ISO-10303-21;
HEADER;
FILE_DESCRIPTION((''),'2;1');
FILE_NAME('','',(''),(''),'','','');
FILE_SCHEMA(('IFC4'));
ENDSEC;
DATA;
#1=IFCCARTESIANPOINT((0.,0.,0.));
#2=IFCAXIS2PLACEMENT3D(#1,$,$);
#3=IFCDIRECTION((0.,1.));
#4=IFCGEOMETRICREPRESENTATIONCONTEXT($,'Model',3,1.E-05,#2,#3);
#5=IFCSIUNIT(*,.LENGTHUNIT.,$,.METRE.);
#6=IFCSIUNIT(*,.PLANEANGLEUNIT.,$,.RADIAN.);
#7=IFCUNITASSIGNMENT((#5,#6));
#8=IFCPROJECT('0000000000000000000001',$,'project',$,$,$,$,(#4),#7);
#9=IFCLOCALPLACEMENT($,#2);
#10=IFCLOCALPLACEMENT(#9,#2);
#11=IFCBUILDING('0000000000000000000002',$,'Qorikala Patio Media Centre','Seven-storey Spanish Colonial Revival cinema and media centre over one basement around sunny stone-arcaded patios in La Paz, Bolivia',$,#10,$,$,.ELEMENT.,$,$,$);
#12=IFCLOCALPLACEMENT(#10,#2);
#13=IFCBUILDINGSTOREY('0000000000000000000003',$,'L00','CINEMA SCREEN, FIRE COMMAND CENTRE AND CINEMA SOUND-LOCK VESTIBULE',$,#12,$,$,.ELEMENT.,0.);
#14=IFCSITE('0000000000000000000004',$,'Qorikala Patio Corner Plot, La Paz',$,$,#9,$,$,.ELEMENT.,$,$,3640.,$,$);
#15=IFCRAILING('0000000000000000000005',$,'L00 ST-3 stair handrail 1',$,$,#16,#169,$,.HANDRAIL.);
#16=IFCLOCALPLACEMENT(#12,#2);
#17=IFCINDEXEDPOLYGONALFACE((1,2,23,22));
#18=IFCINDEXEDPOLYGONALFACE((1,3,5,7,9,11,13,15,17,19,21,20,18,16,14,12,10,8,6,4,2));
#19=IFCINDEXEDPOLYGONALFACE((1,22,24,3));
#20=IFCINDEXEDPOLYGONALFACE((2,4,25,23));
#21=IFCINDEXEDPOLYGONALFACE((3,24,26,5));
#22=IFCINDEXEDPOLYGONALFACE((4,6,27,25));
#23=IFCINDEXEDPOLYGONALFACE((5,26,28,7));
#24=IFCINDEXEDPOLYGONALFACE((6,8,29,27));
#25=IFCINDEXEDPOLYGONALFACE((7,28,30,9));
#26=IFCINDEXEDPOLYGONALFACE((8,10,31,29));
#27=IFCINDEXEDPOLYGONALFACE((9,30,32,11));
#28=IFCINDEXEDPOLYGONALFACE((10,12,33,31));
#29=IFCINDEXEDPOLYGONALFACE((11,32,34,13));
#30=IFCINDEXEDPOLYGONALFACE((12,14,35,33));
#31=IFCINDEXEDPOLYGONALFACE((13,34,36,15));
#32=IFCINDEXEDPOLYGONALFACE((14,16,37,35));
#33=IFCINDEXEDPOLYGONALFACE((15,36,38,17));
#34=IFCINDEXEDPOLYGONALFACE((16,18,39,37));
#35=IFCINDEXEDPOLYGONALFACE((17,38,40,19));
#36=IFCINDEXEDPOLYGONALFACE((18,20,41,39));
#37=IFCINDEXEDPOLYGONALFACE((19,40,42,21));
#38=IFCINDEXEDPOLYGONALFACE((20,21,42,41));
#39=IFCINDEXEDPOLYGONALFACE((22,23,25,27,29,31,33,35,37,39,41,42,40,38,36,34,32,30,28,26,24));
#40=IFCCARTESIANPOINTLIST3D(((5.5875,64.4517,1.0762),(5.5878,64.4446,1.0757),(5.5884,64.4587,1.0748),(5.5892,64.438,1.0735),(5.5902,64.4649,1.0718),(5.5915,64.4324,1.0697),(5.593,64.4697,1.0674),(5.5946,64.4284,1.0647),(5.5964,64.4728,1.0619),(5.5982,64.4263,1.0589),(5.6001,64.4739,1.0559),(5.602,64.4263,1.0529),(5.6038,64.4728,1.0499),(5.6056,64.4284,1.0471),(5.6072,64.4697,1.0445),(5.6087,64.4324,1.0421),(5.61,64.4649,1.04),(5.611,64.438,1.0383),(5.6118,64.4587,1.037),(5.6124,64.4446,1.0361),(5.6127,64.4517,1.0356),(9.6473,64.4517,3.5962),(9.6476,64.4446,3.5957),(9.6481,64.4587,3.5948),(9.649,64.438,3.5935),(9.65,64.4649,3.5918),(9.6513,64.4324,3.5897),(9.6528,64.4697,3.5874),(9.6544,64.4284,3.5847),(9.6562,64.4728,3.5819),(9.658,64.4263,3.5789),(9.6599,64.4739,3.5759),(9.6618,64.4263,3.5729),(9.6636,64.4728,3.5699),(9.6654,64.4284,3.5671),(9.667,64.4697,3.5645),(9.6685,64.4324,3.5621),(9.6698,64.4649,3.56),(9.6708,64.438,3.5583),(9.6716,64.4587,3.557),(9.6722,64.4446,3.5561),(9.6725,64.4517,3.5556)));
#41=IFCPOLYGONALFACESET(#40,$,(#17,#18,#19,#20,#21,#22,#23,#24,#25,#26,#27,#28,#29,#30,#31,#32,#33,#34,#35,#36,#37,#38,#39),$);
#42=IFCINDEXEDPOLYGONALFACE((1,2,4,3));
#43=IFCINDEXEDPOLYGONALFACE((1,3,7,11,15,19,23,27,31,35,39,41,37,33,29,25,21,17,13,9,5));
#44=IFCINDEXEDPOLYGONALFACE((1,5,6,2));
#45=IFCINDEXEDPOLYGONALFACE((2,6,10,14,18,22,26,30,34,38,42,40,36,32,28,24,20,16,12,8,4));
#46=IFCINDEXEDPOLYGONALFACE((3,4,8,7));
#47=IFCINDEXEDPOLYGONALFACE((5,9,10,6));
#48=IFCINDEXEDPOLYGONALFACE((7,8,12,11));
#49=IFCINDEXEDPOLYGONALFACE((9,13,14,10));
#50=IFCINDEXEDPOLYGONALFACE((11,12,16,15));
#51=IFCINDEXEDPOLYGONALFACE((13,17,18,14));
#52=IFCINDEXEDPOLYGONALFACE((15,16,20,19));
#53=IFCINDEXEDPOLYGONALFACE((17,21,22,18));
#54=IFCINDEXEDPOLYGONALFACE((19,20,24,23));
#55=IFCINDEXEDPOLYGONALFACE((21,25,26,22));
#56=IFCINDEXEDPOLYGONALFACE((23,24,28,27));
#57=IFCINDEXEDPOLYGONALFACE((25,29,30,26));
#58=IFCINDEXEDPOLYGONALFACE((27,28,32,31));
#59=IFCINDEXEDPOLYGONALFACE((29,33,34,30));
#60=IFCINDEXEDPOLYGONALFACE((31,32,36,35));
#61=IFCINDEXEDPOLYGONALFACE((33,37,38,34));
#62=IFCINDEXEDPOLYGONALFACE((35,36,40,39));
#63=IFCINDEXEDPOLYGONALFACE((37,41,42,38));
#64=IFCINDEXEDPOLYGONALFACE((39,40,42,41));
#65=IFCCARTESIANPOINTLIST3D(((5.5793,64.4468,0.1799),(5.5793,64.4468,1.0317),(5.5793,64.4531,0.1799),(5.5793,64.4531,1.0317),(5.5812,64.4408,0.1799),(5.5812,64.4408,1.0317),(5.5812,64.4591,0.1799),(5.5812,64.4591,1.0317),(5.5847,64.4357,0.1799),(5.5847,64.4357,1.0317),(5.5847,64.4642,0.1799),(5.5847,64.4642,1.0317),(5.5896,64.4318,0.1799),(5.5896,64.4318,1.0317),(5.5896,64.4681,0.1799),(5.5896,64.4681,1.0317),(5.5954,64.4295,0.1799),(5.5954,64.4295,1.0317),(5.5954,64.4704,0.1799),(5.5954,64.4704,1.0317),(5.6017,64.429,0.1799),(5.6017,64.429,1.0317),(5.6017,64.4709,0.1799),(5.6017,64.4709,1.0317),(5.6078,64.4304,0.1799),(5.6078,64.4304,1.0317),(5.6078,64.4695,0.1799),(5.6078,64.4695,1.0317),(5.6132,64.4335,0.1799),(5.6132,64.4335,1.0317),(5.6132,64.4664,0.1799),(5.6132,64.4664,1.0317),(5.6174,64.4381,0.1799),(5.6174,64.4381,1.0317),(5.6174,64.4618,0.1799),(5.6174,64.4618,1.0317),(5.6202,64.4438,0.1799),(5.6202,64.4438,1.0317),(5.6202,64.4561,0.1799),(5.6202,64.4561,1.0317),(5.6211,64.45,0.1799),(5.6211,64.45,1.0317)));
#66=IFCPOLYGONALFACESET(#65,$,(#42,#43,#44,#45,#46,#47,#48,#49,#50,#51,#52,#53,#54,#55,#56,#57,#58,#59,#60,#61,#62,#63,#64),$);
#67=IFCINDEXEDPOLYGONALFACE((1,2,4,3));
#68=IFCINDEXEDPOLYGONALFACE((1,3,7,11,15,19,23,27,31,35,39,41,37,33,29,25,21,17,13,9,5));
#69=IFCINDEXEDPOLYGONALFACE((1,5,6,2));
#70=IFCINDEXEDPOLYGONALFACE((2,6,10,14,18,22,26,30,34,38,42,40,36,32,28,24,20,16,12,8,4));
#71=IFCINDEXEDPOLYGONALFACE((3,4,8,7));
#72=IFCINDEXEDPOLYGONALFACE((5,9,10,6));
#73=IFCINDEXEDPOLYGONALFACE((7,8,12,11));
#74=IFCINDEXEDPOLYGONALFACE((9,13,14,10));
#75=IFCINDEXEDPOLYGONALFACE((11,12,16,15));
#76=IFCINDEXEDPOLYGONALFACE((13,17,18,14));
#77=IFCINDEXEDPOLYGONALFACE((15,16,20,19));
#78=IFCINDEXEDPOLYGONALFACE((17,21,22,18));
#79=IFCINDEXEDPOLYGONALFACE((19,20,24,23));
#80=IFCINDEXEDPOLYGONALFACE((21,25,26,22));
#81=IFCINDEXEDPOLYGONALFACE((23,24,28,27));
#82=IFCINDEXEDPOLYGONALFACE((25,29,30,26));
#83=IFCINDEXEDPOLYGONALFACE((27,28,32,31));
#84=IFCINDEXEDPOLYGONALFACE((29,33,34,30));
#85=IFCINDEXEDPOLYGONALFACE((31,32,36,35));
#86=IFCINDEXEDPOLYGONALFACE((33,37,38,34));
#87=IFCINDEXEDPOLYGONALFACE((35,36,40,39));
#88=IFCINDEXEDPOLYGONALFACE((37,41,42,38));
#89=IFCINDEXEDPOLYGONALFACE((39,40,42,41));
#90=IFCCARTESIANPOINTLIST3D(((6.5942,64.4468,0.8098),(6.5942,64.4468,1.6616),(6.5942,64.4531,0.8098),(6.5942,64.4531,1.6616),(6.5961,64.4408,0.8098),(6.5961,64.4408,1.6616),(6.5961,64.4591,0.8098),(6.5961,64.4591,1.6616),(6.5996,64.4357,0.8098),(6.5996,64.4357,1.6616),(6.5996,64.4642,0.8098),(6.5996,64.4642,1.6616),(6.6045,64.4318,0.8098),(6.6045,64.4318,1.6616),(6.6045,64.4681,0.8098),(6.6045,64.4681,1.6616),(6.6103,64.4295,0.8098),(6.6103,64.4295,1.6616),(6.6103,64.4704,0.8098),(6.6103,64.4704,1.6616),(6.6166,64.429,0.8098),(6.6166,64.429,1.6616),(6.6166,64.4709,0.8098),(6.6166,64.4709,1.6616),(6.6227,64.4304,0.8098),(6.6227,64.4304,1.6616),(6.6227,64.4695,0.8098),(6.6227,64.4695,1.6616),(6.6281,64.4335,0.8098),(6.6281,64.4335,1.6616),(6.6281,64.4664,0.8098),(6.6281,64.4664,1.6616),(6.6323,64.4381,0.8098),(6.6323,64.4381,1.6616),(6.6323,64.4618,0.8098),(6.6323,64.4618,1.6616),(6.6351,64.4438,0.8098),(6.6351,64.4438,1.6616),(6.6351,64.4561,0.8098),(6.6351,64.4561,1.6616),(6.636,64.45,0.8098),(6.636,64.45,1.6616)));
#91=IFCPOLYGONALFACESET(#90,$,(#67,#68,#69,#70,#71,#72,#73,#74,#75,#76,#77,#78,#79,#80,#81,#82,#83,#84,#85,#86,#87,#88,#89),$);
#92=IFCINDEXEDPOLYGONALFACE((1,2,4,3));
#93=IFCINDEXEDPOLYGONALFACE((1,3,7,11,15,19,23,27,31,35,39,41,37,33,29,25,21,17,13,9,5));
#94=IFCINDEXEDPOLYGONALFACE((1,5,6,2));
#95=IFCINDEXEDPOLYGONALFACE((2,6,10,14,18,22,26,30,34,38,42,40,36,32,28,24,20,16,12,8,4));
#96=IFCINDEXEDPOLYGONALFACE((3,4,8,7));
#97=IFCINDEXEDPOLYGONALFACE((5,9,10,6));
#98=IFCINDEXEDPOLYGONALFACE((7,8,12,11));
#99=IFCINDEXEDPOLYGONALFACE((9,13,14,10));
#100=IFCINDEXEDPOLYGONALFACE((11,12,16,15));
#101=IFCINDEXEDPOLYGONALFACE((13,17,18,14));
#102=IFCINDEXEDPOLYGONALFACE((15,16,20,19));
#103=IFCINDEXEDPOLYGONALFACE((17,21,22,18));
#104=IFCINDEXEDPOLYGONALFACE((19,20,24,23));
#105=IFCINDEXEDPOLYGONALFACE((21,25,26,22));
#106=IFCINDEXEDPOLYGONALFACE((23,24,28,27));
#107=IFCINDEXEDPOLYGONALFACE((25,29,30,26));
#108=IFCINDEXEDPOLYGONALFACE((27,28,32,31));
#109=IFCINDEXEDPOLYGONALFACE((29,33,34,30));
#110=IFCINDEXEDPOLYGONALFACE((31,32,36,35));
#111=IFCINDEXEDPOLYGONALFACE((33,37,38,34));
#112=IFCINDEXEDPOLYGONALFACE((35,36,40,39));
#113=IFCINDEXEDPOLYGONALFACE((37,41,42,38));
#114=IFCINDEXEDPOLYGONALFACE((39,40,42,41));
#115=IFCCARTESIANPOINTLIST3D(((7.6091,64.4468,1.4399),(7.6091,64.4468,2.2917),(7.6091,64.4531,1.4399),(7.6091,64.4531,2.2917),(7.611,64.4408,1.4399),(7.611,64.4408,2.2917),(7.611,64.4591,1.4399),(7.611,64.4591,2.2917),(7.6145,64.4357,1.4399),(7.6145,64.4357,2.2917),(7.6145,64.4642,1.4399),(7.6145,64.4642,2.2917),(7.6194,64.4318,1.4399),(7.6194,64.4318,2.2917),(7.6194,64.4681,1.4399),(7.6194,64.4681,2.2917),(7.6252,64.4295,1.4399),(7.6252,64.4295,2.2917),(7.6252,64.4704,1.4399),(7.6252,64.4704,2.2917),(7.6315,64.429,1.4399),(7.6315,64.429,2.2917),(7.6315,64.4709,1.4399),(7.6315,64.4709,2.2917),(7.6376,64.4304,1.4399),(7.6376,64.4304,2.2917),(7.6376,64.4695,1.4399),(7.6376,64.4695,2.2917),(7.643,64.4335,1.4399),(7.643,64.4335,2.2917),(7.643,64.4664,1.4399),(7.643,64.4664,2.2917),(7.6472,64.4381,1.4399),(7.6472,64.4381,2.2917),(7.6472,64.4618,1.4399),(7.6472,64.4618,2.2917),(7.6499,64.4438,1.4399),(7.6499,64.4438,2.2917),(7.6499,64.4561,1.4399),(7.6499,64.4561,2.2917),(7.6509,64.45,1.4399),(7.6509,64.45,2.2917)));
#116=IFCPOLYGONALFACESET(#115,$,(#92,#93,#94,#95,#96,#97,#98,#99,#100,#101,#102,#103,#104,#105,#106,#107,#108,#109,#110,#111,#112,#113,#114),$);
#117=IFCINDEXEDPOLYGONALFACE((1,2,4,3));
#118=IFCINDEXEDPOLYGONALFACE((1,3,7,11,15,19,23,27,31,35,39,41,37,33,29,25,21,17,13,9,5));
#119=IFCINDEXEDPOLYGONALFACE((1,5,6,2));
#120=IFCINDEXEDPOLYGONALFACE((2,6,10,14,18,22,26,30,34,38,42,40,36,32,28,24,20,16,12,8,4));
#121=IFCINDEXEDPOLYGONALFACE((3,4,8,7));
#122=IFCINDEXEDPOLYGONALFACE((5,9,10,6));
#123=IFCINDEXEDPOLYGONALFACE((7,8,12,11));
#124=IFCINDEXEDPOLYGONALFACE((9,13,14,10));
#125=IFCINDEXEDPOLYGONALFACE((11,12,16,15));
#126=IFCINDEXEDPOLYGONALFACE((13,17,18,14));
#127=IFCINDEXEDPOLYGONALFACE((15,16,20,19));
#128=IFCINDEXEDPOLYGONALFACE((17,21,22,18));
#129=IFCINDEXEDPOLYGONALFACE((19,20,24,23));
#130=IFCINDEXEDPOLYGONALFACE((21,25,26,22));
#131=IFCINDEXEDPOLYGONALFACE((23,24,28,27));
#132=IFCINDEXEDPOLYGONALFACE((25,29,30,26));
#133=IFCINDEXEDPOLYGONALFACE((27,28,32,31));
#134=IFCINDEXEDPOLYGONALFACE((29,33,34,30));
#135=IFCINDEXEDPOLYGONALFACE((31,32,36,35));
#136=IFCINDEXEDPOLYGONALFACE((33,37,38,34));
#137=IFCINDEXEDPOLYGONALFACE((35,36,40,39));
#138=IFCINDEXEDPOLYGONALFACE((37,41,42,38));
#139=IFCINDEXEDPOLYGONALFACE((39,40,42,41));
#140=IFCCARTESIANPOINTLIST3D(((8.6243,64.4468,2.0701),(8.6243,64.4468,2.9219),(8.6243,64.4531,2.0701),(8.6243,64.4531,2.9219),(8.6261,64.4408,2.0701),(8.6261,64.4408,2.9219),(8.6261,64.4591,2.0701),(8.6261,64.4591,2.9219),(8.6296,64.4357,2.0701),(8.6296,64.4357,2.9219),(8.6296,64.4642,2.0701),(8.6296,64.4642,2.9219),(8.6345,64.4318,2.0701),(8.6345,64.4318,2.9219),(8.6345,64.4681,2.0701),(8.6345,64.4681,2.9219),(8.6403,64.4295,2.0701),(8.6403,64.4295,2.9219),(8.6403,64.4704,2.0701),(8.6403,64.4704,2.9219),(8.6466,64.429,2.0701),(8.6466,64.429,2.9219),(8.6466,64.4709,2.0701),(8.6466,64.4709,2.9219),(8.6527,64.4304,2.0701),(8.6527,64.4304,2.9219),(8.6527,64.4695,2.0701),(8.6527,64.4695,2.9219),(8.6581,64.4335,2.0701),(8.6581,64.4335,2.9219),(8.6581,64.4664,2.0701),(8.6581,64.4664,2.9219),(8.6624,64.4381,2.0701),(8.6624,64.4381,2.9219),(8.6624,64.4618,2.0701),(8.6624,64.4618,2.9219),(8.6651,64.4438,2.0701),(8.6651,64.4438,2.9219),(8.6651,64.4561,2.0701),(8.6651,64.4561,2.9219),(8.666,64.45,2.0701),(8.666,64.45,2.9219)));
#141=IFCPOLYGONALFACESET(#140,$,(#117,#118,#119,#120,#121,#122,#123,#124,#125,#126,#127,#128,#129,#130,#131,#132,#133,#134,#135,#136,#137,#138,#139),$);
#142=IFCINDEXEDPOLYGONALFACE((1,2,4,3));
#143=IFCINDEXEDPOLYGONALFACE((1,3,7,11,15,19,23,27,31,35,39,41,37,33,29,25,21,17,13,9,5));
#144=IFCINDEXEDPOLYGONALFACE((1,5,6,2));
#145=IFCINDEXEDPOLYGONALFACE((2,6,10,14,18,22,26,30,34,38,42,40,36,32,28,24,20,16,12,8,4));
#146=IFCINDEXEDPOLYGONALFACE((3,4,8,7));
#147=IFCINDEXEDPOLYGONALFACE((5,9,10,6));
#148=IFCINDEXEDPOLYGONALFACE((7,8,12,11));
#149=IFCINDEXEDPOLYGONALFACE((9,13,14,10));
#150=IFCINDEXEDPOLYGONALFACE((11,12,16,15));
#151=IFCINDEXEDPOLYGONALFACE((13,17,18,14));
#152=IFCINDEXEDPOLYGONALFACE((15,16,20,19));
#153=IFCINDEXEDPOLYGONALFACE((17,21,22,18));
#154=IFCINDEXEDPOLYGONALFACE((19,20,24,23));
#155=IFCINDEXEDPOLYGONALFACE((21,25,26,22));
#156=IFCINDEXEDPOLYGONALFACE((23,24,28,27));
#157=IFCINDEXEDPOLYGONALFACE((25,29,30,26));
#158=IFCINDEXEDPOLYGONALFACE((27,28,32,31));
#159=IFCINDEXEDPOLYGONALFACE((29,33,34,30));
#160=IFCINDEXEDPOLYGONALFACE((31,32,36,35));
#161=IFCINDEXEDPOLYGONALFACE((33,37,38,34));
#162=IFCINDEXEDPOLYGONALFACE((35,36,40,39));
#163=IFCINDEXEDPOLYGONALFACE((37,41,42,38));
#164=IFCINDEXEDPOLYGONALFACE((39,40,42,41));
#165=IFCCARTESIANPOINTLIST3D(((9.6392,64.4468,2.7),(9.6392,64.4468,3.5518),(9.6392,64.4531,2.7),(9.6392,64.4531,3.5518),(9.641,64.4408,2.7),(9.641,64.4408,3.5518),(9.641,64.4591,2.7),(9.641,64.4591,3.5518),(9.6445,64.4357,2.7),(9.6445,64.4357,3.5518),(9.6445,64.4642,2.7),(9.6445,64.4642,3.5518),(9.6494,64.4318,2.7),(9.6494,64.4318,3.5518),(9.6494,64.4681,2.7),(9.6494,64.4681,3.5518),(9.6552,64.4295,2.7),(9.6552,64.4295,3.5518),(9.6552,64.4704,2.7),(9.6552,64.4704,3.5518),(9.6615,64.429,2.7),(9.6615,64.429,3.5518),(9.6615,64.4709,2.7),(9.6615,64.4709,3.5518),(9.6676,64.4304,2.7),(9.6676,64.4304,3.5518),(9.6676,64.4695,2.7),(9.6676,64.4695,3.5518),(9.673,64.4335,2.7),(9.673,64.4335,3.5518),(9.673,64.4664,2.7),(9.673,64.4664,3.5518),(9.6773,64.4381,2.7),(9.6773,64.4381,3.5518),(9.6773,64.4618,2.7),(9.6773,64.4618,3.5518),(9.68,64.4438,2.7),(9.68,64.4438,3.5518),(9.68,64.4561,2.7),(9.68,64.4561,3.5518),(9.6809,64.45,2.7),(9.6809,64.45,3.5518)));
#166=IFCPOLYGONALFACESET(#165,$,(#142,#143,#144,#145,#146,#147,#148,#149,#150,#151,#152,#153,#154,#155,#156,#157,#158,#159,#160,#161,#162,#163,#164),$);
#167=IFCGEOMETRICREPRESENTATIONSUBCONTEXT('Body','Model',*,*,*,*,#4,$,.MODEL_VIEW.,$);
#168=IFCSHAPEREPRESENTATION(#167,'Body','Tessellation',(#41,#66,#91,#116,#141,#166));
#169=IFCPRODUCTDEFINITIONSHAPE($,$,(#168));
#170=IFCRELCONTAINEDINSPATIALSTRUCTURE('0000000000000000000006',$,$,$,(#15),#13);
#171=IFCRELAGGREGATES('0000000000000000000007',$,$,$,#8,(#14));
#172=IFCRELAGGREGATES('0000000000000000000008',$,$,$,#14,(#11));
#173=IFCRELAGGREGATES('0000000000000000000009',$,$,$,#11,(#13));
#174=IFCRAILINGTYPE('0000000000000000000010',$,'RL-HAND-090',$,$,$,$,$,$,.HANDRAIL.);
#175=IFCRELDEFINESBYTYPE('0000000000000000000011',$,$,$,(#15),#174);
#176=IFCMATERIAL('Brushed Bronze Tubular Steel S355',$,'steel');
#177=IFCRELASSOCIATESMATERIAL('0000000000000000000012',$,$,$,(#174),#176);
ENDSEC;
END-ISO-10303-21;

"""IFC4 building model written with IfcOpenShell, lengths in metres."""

from ifc_helpers import new_model, si_unit, direction, frame, origin, origin_2d, place, context, subcontext, project, spatial, circle, extrude, material, type_object, element, save


model = new_model("IFC4")

# Units and contexts
model_context = context("Model", 3, precision=1e-05, world=origin(), true_north=direction((0.0, 1.0)))
body_context = subcontext(model_context, "Body", "Model", "MODEL_VIEW")
ifc_project = project(units=[si_unit("LENGTHUNIT", "METRE"), si_unit("PLANEANGLEUNIT", "RADIAN")], contexts=[model_context])

# Site, building, storey
site_placement = place(None, origin())
site = spatial("IfcSite", under=ifc_project, at=site_placement, Name="Qorikala Patio Corner Plot, La Paz", CompositionType="ELEMENT", RefElevation=3640.0)
building_placement = place(site_placement, origin())
building = spatial("IfcBuilding", under=site, at=building_placement, Name="Qorikala Patio Media Centre", Description="Seven-storey Spanish Colonial Revival cinema and media centre over one basement around sunny stone-arcaded patios in La Paz, Bolivia", CompositionType="ELEMENT")
storey_placement = place(building_placement, origin())
storey = spatial("IfcBuildingStorey", under=building, at=storey_placement, Name="L00", Description="CINEMA SCREEN, FIRE COMMAND CENTRE AND CINEMA SOUND-LOCK VESTIBULE", CompositionType="ELEMENT", Elevation=0.0)

# Railing
ifc_material_1 = material(Name="Brushed Bronze Tubular Steel S355", Category="steel")
railing_type_1 = type_object("IfcRailingType", Name="RL-HAND-090", PredefinedType="HANDRAIL", material=ifc_material_1)
railing_1_placement = place(storey_placement, frame((5.6001, 64.45, 0.1799)))
element("IfcRailing", 1, at=railing_1_placement, inside=storey, type_object=railing_type_1, Name="L00 ST-3 stair handrail 1", PredefinedType="HANDRAIL", context=body_context, shape_type="SweptSolid", body=[
    extrude(circle(Radius=0.0239, at=origin_2d()), frame((0.0, 0.0, 0.876), z_axis=(0.849628, 0.0, 0.527383), x_axis=(0.0, 1.0, 0.0)), (0.0, 0.0, 1.0), 4.7783),
    extrude(circle(Radius=0.021, at=origin_2d()), origin(), (0.0, 0.0, 1.0), 0.8518),
    extrude(circle(Radius=0.021, at=origin_2d()), frame((1.0149, 0.0, 0.6299)), (0.0, 0.0, 1.0), 0.8518),
    extrude(circle(Radius=0.021, at=origin_2d()), frame((2.0298, 0.0, 1.26)), (0.0, 0.0, 1.0), 0.8518),
    extrude(circle(Radius=0.021, at=origin_2d()), frame((3.0449, 0.0, 1.8901)), (0.0, 0.0, 1.0), 0.8518),
    extrude(circle(Radius=0.021, at=origin_2d()), frame((4.0598, 0.0, 2.52)), (0.0, 0.0, 1.0), 0.8518),
])

save(model, "model.ifc")
